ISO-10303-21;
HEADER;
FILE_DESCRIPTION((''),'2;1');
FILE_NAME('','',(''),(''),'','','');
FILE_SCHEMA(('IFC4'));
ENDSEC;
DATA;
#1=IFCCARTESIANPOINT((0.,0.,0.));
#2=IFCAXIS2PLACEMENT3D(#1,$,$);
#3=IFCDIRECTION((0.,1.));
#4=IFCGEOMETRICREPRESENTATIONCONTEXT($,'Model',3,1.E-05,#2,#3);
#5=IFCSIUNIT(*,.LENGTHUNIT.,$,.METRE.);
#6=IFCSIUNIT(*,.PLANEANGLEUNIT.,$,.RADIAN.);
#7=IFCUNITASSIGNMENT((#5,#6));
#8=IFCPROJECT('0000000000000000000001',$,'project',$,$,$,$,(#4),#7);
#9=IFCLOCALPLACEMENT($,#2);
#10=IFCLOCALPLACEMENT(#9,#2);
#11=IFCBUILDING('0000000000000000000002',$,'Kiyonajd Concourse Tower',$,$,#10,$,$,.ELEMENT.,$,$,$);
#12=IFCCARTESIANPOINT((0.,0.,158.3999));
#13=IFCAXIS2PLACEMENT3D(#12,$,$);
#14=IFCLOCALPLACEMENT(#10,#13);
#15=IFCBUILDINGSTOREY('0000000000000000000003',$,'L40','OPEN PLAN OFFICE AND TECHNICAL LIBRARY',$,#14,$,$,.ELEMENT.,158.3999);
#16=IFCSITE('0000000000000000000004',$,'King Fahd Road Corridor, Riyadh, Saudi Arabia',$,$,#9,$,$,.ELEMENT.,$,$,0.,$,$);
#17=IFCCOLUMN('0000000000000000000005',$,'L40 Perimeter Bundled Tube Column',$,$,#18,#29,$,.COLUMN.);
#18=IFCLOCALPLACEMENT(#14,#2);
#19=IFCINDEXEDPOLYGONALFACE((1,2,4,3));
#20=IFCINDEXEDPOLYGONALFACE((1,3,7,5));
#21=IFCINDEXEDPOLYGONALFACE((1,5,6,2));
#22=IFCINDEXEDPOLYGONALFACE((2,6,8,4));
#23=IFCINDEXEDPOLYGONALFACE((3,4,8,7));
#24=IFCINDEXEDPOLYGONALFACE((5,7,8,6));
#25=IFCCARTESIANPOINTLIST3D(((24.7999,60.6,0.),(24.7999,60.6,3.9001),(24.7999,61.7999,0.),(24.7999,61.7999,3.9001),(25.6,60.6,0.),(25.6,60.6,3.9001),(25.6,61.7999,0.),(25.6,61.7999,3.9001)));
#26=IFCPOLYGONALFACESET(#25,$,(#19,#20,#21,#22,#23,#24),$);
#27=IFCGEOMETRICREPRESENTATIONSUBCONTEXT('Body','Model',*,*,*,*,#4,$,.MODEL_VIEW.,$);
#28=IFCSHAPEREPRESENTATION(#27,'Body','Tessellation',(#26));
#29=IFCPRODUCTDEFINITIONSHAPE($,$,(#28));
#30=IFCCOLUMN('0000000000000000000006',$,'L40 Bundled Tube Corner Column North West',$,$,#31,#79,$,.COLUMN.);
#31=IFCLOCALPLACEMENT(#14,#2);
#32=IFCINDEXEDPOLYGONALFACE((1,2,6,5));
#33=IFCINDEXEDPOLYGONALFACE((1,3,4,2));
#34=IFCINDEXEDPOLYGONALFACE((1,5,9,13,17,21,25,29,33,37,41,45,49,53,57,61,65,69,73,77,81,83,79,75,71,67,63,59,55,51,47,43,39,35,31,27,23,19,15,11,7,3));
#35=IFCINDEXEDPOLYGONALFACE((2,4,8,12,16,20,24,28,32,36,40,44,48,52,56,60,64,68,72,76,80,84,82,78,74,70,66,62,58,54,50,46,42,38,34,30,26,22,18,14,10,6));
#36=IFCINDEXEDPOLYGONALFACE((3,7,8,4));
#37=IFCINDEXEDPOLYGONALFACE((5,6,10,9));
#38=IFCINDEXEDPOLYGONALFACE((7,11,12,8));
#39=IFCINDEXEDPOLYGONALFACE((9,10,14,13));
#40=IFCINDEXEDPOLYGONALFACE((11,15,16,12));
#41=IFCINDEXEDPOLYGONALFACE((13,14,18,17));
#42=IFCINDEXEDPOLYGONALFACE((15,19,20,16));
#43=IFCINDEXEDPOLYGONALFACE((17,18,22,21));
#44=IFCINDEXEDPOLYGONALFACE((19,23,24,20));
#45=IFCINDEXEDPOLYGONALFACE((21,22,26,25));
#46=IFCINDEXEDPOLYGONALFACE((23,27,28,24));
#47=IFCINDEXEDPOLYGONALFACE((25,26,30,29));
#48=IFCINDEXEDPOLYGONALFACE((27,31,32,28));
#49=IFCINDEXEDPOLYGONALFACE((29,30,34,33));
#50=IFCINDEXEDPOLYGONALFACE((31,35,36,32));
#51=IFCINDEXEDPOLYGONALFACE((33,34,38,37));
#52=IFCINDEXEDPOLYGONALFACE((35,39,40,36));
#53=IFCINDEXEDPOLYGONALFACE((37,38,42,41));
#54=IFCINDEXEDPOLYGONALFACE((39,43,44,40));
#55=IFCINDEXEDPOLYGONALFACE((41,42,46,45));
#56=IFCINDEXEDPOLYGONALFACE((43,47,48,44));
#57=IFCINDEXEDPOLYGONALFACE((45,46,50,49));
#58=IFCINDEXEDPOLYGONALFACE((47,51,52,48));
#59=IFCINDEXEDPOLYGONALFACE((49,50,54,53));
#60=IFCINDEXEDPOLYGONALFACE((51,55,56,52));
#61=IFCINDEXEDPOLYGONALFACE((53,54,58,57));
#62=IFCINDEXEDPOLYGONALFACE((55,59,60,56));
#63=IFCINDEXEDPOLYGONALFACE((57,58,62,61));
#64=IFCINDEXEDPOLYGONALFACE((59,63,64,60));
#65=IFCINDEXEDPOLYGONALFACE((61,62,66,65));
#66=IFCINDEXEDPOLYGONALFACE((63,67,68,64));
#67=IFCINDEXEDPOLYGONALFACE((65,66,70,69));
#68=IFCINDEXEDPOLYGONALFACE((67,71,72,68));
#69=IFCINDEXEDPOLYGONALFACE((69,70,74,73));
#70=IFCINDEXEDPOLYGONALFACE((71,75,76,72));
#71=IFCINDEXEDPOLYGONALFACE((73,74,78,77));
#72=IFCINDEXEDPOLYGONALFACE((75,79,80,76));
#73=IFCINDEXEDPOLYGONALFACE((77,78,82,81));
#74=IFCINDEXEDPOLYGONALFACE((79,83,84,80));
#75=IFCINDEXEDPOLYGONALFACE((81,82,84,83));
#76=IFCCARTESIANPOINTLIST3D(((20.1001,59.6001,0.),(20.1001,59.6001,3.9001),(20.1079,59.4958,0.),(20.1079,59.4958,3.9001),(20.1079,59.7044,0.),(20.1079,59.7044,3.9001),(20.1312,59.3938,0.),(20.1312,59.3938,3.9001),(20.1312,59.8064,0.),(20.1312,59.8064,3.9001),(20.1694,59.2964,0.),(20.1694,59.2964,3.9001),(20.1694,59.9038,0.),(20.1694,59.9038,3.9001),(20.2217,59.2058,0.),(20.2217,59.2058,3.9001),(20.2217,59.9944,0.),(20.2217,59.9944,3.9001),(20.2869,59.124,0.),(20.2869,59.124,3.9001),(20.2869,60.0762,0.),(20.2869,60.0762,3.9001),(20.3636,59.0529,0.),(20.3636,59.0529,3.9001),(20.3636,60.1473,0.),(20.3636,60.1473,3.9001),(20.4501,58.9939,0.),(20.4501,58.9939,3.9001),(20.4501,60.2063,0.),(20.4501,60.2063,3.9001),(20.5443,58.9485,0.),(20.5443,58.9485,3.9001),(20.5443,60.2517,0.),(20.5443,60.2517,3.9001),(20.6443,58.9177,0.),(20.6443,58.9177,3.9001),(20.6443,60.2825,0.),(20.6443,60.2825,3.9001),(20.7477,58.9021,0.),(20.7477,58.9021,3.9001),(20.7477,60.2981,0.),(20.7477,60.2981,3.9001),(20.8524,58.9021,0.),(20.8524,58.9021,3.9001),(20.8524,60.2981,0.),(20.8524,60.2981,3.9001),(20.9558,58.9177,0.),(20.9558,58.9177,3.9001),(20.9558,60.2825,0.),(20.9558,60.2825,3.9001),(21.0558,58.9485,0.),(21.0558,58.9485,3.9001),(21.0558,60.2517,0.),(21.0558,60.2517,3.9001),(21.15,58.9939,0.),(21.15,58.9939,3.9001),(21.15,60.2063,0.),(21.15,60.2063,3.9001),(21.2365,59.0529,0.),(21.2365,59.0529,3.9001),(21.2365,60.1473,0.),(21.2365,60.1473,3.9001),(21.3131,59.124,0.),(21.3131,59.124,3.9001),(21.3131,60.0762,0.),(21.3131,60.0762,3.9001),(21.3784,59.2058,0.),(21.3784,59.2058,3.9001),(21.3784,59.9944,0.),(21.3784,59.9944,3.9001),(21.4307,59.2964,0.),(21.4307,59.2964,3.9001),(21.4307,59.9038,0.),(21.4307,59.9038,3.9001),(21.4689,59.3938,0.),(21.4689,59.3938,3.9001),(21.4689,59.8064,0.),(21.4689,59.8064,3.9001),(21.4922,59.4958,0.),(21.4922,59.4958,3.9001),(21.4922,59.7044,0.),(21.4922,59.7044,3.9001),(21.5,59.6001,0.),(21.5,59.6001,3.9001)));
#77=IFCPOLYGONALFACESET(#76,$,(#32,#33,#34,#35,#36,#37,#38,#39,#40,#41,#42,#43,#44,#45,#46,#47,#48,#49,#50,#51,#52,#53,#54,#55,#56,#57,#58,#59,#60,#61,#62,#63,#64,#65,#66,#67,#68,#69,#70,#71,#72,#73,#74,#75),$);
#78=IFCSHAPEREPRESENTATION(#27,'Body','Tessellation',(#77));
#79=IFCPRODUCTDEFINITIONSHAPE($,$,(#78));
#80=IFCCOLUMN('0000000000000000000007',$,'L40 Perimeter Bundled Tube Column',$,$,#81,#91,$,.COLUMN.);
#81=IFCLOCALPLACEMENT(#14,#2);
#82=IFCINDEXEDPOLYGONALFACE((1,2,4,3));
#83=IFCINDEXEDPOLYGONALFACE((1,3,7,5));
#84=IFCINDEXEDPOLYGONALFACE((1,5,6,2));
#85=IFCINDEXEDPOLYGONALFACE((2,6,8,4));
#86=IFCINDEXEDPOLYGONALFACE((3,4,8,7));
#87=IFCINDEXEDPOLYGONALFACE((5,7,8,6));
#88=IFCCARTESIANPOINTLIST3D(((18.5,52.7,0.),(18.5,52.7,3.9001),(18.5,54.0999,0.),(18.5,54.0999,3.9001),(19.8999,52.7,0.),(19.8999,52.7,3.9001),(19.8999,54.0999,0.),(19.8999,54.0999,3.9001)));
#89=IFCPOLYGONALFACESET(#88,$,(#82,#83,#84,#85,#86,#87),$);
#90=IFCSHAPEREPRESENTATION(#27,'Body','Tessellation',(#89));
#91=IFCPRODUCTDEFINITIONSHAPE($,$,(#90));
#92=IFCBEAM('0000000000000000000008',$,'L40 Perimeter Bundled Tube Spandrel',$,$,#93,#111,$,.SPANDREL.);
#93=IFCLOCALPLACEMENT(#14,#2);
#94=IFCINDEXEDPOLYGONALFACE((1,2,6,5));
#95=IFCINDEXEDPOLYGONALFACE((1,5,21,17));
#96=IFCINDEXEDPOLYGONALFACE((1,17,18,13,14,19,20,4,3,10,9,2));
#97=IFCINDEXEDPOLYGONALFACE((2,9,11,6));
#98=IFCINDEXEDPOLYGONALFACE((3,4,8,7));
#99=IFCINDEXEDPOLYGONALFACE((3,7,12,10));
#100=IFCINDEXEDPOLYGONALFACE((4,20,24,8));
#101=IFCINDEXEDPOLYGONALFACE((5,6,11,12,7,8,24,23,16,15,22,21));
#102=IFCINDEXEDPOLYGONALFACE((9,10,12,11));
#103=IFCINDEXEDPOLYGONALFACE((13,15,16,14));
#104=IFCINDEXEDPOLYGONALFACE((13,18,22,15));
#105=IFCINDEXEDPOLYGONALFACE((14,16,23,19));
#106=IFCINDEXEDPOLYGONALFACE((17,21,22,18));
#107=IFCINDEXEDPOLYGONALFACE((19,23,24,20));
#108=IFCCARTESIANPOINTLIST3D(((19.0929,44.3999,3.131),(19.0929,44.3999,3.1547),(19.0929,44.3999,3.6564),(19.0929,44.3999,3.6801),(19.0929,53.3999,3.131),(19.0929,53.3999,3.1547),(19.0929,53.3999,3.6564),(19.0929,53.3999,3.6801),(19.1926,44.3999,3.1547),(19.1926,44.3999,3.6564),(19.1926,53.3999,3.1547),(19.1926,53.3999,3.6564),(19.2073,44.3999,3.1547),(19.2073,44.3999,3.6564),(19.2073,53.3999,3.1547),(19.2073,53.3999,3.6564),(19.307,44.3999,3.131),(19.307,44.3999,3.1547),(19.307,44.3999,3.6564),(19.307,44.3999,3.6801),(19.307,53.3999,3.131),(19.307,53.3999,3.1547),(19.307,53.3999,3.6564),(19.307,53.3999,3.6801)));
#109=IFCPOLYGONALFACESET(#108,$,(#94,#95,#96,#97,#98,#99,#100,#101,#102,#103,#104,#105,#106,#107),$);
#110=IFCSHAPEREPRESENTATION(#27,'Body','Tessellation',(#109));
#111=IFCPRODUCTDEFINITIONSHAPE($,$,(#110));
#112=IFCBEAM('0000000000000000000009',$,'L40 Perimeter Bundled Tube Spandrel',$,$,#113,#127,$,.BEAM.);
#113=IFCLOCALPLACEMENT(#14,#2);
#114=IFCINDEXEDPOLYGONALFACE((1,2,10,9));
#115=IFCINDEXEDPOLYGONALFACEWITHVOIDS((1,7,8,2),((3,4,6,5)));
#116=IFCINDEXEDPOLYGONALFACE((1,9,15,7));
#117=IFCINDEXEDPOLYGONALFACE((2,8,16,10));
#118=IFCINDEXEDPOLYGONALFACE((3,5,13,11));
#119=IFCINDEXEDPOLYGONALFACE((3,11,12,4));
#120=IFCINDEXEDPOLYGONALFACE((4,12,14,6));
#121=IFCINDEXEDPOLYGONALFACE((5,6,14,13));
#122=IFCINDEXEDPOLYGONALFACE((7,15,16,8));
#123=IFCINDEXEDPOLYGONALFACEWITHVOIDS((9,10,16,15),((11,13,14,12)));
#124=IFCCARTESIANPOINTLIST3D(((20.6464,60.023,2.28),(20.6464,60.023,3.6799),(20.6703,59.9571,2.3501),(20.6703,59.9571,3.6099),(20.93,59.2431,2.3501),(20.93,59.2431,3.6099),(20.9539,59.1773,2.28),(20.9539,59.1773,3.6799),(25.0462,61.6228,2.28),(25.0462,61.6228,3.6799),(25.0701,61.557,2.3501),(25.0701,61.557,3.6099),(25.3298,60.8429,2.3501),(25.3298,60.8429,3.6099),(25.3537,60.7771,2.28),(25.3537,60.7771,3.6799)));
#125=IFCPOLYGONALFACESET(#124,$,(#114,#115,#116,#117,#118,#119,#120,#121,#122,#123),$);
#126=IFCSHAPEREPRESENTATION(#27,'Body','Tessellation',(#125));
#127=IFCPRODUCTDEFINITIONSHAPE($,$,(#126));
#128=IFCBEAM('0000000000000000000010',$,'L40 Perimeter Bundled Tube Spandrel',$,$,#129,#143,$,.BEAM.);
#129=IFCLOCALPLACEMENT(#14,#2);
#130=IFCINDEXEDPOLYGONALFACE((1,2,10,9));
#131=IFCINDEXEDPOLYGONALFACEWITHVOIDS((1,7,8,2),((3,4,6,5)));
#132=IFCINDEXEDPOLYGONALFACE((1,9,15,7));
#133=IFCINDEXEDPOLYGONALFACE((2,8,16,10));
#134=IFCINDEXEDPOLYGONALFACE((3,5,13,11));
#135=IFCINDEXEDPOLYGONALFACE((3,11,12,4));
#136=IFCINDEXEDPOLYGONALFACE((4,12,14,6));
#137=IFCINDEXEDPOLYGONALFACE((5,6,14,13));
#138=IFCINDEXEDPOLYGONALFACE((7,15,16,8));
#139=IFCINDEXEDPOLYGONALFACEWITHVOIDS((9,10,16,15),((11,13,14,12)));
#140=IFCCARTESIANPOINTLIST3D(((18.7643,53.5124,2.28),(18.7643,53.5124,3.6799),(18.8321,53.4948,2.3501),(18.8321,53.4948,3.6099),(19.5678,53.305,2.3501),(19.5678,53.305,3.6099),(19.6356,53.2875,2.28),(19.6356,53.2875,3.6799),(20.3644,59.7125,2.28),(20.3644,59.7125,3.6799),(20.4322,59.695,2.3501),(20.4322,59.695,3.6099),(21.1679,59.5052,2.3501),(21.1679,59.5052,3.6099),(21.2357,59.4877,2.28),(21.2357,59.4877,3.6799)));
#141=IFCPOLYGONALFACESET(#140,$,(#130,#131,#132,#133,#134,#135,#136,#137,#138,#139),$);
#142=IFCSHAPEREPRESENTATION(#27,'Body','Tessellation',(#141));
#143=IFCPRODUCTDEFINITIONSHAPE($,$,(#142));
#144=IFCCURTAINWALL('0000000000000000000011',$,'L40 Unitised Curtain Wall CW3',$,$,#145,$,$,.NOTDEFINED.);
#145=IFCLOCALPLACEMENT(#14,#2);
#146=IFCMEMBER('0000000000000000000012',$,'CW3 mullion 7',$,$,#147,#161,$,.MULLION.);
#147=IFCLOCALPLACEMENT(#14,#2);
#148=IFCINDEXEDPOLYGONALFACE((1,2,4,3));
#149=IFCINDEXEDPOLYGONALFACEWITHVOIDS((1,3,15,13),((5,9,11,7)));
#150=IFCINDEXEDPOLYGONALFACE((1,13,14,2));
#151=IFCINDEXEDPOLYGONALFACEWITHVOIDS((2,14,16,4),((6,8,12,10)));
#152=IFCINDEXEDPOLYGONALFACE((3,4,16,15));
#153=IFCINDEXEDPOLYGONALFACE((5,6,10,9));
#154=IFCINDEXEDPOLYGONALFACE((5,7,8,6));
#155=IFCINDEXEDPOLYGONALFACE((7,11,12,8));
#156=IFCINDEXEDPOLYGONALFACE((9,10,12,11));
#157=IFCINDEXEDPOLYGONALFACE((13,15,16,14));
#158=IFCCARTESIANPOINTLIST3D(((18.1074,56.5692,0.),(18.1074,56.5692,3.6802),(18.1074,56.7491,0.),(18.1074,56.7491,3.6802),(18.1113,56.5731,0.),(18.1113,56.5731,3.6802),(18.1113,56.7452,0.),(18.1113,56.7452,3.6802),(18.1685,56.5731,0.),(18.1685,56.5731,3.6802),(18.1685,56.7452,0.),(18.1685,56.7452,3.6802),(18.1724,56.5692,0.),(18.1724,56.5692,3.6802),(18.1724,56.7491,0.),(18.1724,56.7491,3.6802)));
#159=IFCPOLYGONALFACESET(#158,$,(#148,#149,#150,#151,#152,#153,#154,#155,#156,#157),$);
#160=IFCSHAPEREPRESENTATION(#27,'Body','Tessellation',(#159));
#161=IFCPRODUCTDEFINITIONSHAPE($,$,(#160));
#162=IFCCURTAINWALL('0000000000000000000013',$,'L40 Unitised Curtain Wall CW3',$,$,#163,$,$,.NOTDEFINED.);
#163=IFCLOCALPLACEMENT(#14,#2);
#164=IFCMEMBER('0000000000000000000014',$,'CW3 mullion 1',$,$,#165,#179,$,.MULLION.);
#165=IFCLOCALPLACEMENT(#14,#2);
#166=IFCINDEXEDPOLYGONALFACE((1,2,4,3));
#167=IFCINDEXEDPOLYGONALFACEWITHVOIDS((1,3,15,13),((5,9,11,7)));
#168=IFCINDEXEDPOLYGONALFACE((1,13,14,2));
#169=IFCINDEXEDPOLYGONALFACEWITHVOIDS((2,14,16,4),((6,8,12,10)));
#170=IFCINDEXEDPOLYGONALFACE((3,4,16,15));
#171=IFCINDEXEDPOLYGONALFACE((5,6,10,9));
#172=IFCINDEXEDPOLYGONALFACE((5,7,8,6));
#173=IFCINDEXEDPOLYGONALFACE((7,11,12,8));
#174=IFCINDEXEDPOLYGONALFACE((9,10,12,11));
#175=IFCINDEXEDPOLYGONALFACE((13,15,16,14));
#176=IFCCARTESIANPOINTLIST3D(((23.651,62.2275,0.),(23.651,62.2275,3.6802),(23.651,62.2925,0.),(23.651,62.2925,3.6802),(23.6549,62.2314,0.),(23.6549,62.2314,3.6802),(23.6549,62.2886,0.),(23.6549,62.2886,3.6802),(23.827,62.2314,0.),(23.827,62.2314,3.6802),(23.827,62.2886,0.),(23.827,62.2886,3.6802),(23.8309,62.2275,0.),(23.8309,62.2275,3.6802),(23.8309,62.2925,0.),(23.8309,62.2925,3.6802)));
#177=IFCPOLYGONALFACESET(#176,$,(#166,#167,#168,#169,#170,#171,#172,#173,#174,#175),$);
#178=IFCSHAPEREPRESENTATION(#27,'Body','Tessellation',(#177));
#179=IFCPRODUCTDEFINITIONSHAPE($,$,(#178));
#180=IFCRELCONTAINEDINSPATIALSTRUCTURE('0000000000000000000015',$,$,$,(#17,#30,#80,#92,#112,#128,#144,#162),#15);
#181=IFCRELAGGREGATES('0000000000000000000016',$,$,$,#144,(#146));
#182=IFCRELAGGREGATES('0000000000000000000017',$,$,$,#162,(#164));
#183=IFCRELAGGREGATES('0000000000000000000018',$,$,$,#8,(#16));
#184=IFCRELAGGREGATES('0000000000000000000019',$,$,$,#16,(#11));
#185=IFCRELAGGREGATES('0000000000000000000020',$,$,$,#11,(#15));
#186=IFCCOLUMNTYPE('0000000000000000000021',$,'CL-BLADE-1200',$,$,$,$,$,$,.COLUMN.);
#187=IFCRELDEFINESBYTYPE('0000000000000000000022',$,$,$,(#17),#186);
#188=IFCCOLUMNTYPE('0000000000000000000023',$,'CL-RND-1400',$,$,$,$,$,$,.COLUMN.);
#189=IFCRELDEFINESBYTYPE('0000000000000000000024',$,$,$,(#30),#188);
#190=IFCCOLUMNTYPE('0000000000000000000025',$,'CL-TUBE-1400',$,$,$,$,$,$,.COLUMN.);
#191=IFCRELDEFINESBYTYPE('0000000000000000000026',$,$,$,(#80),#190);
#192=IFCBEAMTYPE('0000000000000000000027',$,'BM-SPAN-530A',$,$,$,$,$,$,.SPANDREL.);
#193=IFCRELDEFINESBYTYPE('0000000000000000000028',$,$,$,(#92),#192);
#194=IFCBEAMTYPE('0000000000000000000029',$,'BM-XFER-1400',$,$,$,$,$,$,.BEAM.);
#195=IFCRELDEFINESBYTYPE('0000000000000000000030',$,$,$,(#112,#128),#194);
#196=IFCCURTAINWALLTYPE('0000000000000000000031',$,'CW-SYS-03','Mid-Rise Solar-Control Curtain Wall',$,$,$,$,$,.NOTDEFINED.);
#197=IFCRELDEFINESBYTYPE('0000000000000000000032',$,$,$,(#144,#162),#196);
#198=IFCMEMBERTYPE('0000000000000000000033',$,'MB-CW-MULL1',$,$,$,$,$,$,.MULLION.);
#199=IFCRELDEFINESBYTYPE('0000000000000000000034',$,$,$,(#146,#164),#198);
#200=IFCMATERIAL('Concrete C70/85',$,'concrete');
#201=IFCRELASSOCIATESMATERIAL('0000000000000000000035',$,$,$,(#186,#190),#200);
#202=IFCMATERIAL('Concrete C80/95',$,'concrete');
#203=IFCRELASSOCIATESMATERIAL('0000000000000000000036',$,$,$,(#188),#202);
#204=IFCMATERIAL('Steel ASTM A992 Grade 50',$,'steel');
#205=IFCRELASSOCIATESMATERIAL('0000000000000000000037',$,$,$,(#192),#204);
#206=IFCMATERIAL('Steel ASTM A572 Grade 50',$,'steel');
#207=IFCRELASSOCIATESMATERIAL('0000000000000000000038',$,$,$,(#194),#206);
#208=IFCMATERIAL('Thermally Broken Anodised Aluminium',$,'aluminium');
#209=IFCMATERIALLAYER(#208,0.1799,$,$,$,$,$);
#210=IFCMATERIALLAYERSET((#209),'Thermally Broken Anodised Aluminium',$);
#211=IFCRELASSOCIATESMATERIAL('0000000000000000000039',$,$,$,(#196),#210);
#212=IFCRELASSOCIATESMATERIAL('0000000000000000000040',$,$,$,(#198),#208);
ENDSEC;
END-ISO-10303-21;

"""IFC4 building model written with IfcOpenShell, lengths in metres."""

from ifc_helpers import new_model, si_unit, direction, frame, origin, origin_2d, place, context, subcontext, project, spatial, rectangle, hollow_rectangle, circle, i_section, extrude, material, layer, layer_set, material_profile, profile_set, type_object, element, aggregate, save


model = new_model("IFC4")

# Units and contexts
model_context = context("Model", 3, precision=1e-05, world=origin(), true_north=direction((0.0, 1.0)))
body_context = subcontext(model_context, "Body", "Model", "MODEL_VIEW")
ifc_project = project(units=[si_unit("LENGTHUNIT", "METRE"), si_unit("PLANEANGLEUNIT", "RADIAN")], contexts=[model_context])

# Site, building, storey
site_placement = place(None, origin())
site = spatial("IfcSite", under=ifc_project, at=site_placement, Name="King Fahd Road Corridor, Riyadh, Saudi Arabia", CompositionType="ELEMENT", RefElevation=0.0)
building_placement = place(site_placement, origin())
building = spatial("IfcBuilding", under=site, at=building_placement, Name="Kiyonajd Concourse Tower", CompositionType="ELEMENT")
storey_placement = place(building_placement, frame((0.0, 0.0, 158.3999)))
storey = spatial("IfcBuildingStorey", under=building, at=storey_placement, Name="L40", Description="OPEN PLAN OFFICE AND TECHNICAL LIBRARY", CompositionType="ELEMENT", Elevation=158.3999)

# Columns
ifc_material_1 = material(Name="Concrete C70/85", Category="concrete")
ifc_material_profile_1 = material_profile(ifc_material_1, rectangle(XDim=0.8, YDim=1.2, at=origin_2d()), Name="RC-1200x800")
ifc_profile_set_1 = profile_set([ifc_material_profile_1], Name="Concrete C70/85")
column_type_1 = type_object("IfcColumnType", Name="CL-BLADE-1200", PredefinedType="COLUMN", material=ifc_profile_set_1)
column_1_placement = place(storey_placement, frame((25.2, 61.2, 0.0), z_axis=(0.0, 0.0, 1.0), x_axis=(1.0, 0.0, 0.0)))
element("IfcColumn", 1, at=column_1_placement, inside=storey, type_object=column_type_1, Name="L40 Perimeter Bundled Tube Column", PredefinedType="COLUMN", context=body_context, shape_type="SweptSolid", body=[
    extrude(rectangle(XDim=0.8, YDim=1.2, at=origin_2d()), origin(), (0.0, 0.0, 1.0), 3.9001),
])
ifc_material_2 = material(Name="Concrete C80/95", Category="concrete")
ifc_material_profile_2 = material_profile(ifc_material_2, circle(Radius=0.7, at=origin_2d()), Name="RCC-D1400")
ifc_profile_set_2 = profile_set([ifc_material_profile_2], Name="Concrete C80/95")
column_type_2 = type_object("IfcColumnType", Name="CL-RND-1400", PredefinedType="COLUMN", material=ifc_profile_set_2)
column_2_placement = place(storey_placement, frame((20.8, 59.6001, 0.0), z_axis=(0.0, 0.0, 1.0), x_axis=(1.0, 0.0, 0.0)))
element("IfcColumn", 2, at=column_2_placement, inside=storey, type_object=column_type_2, Name="L40 Bundled Tube Corner Column North West", PredefinedType="COLUMN", context=body_context, shape_type="SweptSolid", body=[
    extrude(circle(Radius=0.7, at=origin_2d()), origin(), (0.0, 0.0, 1.0), 3.9001),
])
ifc_material_profile_3 = material_profile(ifc_material_1, rectangle(XDim=1.3999, YDim=1.3999, at=origin_2d()), Name="RC-1400x1400")
ifc_profile_set_3 = profile_set([ifc_material_profile_3], Name="Concrete C70/85")
column_type_3 = type_object("IfcColumnType", Name="CL-TUBE-1400", PredefinedType="COLUMN", material=ifc_profile_set_3)
column_3_placement = place(storey_placement, frame((19.2, 53.3999, 0.0), z_axis=(0.0, 0.0, 1.0), x_axis=(1.0, 0.0, 0.0)))
element("IfcColumn", 3, at=column_3_placement, inside=storey, type_object=column_type_3, Name="L40 Perimeter Bundled Tube Column", PredefinedType="COLUMN", context=body_context, shape_type="SweptSolid", body=[
    extrude(rectangle(XDim=1.3999, YDim=1.3999, at=origin_2d()), origin(), (0.0, 0.0, 1.0), 3.9001),
])

# Beams
ifc_material_3 = material(Name="Steel ASTM A992 Grade 50", Category="steel")
ifc_material_profile_4 = material_profile(ifc_material_3, i_section(OverallWidth=0.2141, OverallDepth=0.5491, WebThickness=0.0146, FlangeThickness=0.0237, at=origin_2d()), Name="W530X138")
ifc_profile_set_4 = profile_set([ifc_material_profile_4], Name="Steel ASTM A992 Grade 50")
beam_type_1 = type_object("IfcBeamType", Name="BM-SPAN-530A", PredefinedType="SPANDREL", material=ifc_profile_set_4)
beam_1_placement = place(storey_placement, frame((19.2, 53.3999, 3.4055), z_axis=(0.0, -1.0, 0.0), x_axis=(1.0, 0.0, 0.0)))
element("IfcBeam", 4, at=beam_1_placement, inside=storey, type_object=beam_type_1, Name="L40 Perimeter Bundled Tube Spandrel", PredefinedType="SPANDREL", context=body_context, shape_type="SweptSolid", body=[
    extrude(i_section(OverallWidth=0.2141, OverallDepth=0.5491, WebThickness=0.0146, FlangeThickness=0.0237, at=origin_2d()), origin(), (0.0, 0.0, 1.0), 9.0),
])
ifc_material_4 = material(Name="Steel ASTM A572 Grade 50", Category="steel")
ifc_material_profile_5 = material_profile(ifc_material_4, hollow_rectangle(XDim=0.8999, YDim=1.3999, WallThickness=0.0701, at=origin_2d()), Name="BOX-1400x900x70")
ifc_profile_set_5 = profile_set([ifc_material_profile_5], Name="Steel ASTM A572 Grade 50")
beam_type_2 = type_object("IfcBeamType", Name="BM-XFER-1400", PredefinedType="BEAM", material=ifc_profile_set_5)
beam_2_placement = place(storey_placement, frame((25.2, 61.2, 2.98), z_axis=(-0.939801, -0.341722, 0.0), x_axis=(0.341722, -0.939801, 0.0)))
element("IfcBeam", 5, at=beam_2_placement, inside=storey, type_object=beam_type_2, Name="L40 Perimeter Bundled Tube Spandrel", PredefinedType="BEAM", context=body_context, shape_type="SweptSolid", body=[
    extrude(hollow_rectangle(XDim=0.8999, YDim=1.3999, WallThickness=0.0701, at=origin_2d()), origin(), (0.0, 0.0, 1.0), 4.6816),
])
beam_3_placement = place(storey_placement, frame((20.8, 59.6001, 2.98), z_axis=(-0.249885, -0.968276, 0.0), x_axis=(0.968276, -0.249885, 0.0)))
element("IfcBeam", 6, at=beam_3_placement, inside=storey, type_object=beam_type_2, Name="L40 Perimeter Bundled Tube Spandrel", PredefinedType="BEAM", context=body_context, shape_type="SweptSolid", body=[
    extrude(hollow_rectangle(XDim=0.8999, YDim=1.3999, WallThickness=0.0701, at=origin_2d()), origin(), (0.0, 0.0, 1.0), 6.4033),
])

# Curtain wall, member
ifc_material_5 = material(Name="Thermally Broken Anodised Aluminium", Category="aluminium")
ifc_layer_1 = layer(ifc_material_5, 0.1799)
ifc_layer_set_1 = layer_set([ifc_layer_1], Name="Thermally Broken Anodised Aluminium")
curtain_wall_type = type_object("IfcCurtainWallType", Name="CW-SYS-03", Description="Mid-Rise Solar-Control Curtain Wall", PredefinedType="NOTDEFINED", material=ifc_layer_set_1)
curtain_wall_1_placement = place(storey_placement, origin())
curtain_wall_1 = element("IfcCurtainWall", 7, at=curtain_wall_1_placement, inside=storey, type_object=curtain_wall_type, Name="L40 Unitised Curtain Wall CW3", PredefinedType="NOTDEFINED")
ifc_material_profile_6 = material_profile(ifc_material_5, hollow_rectangle(XDim=0.0649, YDim=0.1799, WallThickness=0.0039, at=origin_2d()), Name="MULL-65x180")
ifc_profile_set_6 = profile_set([ifc_material_profile_6], Name="Thermally Broken Anodised Aluminium")
member_type_1 = type_object("IfcMemberType", Name="MB-CW-MULL1", PredefinedType="MULLION", material=ifc_profile_set_6)
member_1_placement = place(storey_placement, frame((18.1399, 56.6592, 0.0), z_axis=(0.0, 0.0, 1.0), x_axis=(-1.0, 0.0, 0.0)))
member_1 = element("IfcMember", 8, at=member_1_placement, type_object=member_type_1, Name="CW3 mullion 7", PredefinedType="MULLION", context=body_context, shape_type="SweptSolid", body=[
    extrude(hollow_rectangle(XDim=0.0649, YDim=0.1799, WallThickness=0.0039, at=origin_2d()), origin(), (0.0, 0.0, 1.0), 3.6802),
])

# Curtain wall, member
curtain_wall_2_placement = place(storey_placement, origin())
curtain_wall_2 = element("IfcCurtainWall", 9, at=curtain_wall_2_placement, inside=storey, type_object=curtain_wall_type, Name="L40 Unitised Curtain Wall CW3", PredefinedType="NOTDEFINED")
member_2_placement = place(storey_placement, frame((23.741, 62.26, 0.0), z_axis=(0.0, 0.0, 1.0), x_axis=(0.0, 1.0, 0.0)))
member_2 = element("IfcMember", 10, at=member_2_placement, type_object=member_type_1, Name="CW3 mullion 1", PredefinedType="MULLION", context=body_context, shape_type="SweptSolid", body=[
    extrude(hollow_rectangle(XDim=0.0649, YDim=0.1799, WallThickness=0.0039, at=origin_2d()), origin(), (0.0, 0.0, 1.0), 3.6802),
])

aggregate(curtain_wall_1, [member_1])
aggregate(curtain_wall_2, [member_2])

save(model, "model.ifc")
